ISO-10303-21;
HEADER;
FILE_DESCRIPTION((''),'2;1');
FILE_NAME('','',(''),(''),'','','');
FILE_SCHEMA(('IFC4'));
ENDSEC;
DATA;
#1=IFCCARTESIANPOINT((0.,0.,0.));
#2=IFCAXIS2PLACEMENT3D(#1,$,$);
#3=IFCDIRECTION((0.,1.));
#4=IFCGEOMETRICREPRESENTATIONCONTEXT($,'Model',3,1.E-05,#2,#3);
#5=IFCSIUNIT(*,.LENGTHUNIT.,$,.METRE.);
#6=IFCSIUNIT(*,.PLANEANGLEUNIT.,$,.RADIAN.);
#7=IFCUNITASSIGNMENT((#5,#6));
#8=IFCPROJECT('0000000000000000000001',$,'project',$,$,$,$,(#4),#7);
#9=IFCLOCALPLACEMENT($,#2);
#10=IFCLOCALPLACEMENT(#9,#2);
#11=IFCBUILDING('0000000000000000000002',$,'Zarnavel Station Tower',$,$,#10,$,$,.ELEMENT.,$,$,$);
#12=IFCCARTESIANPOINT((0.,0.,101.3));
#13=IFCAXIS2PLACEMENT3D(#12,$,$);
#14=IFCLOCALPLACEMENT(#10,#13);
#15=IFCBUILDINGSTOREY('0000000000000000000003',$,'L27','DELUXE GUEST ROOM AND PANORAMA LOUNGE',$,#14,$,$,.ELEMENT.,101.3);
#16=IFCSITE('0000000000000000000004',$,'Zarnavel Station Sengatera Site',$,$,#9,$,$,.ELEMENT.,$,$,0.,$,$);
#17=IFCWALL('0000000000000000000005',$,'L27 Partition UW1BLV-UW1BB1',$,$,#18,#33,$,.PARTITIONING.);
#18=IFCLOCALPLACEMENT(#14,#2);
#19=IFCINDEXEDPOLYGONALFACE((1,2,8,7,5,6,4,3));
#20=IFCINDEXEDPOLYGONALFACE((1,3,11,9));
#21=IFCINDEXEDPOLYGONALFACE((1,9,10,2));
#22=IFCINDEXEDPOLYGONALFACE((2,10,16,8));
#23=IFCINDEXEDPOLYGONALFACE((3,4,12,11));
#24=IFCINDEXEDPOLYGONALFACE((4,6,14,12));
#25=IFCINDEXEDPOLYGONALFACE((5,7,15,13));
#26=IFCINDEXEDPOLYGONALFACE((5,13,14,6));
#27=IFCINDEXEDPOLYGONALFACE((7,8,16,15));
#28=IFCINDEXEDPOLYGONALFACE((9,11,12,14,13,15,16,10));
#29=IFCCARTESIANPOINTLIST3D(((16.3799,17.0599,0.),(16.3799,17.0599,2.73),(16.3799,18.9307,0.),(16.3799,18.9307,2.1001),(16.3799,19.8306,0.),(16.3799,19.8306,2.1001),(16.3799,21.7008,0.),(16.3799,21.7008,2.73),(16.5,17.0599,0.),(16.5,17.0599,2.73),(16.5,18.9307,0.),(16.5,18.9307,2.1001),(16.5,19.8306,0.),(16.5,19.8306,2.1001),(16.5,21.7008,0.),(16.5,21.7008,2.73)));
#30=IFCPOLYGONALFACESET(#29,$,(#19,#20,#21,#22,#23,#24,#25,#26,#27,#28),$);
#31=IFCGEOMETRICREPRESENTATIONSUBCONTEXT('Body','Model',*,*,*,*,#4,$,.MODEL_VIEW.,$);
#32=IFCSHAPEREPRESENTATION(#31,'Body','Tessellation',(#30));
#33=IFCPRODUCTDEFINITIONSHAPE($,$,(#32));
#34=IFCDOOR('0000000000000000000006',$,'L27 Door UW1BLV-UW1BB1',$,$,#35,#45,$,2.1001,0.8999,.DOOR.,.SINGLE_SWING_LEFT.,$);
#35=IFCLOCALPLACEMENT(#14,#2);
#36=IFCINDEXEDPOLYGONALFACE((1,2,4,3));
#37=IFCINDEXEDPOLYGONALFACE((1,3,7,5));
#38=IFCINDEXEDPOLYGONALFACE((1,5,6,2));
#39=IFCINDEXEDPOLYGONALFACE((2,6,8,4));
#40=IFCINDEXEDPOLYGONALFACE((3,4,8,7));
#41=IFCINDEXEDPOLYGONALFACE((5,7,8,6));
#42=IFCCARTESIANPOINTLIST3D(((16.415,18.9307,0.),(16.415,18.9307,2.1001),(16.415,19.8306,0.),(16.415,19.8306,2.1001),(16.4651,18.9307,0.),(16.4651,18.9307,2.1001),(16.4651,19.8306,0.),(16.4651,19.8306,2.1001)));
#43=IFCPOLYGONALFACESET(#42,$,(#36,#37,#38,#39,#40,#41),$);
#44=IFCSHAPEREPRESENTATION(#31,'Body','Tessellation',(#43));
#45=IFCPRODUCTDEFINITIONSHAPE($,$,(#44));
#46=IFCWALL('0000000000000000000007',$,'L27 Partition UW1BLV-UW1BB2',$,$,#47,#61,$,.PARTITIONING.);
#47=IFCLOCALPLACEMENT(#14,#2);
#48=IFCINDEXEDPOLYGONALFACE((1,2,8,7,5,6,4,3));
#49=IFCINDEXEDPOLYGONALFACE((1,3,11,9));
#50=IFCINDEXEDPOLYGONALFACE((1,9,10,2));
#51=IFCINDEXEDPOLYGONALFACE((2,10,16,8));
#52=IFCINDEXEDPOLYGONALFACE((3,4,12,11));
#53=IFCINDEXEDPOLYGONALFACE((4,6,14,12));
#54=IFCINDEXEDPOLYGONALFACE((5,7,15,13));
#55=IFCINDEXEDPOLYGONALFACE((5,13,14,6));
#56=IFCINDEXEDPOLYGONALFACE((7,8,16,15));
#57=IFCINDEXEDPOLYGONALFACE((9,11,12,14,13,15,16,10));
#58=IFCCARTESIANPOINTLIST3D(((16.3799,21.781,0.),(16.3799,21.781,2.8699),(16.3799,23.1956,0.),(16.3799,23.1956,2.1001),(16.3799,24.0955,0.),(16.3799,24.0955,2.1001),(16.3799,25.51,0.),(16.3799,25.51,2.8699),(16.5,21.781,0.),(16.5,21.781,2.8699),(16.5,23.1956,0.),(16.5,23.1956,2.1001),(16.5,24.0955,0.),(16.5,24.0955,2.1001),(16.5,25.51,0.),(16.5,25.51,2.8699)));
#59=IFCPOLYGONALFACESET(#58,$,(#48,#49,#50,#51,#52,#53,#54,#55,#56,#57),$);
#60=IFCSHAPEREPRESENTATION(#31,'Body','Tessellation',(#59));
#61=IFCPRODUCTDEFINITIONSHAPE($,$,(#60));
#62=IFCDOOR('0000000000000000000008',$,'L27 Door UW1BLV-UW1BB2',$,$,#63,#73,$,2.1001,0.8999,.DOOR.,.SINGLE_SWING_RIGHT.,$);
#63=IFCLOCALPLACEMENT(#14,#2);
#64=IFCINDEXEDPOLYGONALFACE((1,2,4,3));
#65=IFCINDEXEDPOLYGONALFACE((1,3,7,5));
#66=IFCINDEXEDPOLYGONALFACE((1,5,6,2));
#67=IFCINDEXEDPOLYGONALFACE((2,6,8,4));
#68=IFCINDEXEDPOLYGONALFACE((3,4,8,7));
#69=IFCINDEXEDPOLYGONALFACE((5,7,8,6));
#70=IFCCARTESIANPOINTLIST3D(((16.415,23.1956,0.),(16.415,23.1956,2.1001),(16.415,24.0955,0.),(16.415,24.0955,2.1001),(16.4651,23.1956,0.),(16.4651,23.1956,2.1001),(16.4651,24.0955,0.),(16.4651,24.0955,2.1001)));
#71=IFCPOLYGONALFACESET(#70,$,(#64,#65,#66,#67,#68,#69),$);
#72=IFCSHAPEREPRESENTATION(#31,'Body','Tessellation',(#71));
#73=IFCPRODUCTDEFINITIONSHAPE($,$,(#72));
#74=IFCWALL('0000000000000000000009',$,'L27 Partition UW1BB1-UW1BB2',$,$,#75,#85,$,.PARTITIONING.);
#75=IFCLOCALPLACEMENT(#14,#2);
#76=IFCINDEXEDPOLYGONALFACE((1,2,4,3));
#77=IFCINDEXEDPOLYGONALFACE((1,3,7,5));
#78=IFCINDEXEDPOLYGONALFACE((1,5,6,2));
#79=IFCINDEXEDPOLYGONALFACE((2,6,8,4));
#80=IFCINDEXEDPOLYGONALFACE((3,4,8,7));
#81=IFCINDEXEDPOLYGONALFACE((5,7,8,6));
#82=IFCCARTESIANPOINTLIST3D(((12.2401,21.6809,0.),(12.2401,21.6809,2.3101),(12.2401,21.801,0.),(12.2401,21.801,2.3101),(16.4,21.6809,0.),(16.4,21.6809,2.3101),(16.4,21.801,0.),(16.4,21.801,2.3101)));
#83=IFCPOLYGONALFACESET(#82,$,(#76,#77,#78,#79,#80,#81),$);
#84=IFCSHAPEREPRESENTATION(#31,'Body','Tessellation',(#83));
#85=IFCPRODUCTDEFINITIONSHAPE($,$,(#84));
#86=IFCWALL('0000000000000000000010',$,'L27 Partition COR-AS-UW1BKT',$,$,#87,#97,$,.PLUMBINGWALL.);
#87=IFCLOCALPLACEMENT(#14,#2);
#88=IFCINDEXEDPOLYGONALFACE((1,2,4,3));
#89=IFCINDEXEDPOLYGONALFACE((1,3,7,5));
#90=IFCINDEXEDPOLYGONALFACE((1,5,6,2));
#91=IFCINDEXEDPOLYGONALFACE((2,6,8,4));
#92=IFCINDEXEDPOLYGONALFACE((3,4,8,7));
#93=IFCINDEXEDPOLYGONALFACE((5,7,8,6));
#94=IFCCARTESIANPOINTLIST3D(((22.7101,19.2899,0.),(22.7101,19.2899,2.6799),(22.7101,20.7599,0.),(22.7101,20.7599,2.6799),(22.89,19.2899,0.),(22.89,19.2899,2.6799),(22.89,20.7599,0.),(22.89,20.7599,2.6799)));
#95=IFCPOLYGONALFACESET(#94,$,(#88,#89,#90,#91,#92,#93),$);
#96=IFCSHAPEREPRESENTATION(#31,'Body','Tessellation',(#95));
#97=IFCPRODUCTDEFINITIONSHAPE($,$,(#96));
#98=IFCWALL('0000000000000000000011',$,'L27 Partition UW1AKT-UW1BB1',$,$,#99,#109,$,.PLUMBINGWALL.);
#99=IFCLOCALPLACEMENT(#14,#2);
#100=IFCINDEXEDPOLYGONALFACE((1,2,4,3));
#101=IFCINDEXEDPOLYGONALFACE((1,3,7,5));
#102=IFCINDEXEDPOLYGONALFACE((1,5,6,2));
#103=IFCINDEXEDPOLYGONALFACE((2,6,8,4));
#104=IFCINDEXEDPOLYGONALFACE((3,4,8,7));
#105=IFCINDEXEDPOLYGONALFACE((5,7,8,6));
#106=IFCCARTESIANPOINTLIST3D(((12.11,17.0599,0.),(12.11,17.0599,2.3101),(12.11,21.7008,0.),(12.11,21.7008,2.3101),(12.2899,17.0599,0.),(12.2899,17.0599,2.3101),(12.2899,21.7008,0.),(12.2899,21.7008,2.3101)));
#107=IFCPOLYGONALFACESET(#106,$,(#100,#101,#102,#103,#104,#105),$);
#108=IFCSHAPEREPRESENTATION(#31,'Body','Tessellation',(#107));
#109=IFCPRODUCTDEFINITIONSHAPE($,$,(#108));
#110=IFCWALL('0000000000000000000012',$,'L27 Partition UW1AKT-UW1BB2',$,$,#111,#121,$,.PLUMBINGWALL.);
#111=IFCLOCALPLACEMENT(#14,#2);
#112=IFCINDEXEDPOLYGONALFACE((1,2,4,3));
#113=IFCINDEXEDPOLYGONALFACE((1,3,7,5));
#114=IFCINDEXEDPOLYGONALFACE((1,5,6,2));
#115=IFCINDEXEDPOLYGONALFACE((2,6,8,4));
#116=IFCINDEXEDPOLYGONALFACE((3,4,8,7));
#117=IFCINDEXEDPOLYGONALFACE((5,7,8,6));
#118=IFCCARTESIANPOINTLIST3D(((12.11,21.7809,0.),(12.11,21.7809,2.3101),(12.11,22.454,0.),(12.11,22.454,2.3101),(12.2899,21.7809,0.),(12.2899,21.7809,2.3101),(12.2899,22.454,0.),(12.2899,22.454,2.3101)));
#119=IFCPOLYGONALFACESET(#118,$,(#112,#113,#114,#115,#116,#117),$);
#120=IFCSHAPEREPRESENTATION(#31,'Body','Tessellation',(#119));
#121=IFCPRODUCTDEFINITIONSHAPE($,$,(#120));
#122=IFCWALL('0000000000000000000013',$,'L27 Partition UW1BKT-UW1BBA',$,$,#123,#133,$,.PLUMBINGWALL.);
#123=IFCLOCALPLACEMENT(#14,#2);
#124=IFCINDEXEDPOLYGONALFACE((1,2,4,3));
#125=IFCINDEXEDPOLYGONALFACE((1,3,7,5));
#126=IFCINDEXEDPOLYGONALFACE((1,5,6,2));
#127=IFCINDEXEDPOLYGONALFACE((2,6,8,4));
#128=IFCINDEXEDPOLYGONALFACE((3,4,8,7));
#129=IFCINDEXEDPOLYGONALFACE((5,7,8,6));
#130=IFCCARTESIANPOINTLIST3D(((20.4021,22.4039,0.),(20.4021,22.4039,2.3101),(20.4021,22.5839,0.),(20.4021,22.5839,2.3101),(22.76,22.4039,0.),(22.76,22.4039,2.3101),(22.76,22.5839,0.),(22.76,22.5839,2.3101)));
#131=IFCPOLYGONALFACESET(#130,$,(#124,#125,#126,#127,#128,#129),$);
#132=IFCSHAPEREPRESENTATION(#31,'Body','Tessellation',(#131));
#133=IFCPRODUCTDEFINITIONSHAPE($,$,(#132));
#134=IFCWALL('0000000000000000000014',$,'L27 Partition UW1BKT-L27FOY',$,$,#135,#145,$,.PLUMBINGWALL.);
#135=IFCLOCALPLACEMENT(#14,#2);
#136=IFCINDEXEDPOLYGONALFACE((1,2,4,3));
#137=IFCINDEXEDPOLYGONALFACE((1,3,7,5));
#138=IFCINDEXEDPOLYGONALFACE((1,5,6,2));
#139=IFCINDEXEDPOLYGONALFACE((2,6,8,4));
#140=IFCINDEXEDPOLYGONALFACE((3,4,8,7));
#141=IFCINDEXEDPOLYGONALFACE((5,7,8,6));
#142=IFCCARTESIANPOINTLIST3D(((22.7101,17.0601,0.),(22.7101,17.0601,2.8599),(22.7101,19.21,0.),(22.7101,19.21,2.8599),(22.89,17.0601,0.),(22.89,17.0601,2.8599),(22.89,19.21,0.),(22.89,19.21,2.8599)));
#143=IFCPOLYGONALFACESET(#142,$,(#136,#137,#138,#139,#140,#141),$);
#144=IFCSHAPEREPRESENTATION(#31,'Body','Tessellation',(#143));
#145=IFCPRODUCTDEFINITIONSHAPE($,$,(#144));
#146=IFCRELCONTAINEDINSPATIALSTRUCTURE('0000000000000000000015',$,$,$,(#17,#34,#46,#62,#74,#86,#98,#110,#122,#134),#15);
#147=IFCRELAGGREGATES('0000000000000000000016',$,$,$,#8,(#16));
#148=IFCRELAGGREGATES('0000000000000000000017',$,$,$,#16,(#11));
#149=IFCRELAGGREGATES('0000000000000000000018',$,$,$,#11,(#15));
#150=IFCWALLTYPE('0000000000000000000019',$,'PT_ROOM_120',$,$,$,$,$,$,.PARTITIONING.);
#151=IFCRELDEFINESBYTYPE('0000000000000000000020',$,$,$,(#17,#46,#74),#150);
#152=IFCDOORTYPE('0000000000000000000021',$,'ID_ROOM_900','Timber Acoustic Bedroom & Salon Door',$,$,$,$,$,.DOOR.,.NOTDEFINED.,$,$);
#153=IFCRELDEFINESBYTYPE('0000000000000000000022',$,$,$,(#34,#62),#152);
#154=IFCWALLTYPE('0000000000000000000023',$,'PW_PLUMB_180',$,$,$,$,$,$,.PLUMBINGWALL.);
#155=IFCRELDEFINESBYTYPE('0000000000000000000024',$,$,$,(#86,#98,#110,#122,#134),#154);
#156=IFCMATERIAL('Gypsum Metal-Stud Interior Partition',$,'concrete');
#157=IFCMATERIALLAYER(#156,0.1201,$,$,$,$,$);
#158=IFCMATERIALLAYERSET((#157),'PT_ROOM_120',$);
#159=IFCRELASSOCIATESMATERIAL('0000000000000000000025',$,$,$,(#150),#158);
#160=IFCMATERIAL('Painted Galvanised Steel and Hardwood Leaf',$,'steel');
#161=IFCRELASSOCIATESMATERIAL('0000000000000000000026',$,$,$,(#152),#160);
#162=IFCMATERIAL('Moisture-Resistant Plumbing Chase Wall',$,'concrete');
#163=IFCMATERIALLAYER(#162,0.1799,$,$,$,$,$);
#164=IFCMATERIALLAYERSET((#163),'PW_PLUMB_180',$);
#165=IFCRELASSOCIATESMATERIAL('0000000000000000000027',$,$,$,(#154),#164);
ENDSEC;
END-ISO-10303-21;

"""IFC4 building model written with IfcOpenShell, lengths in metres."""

from ifc_helpers import new_model, si_unit, direction, frame, frame_2d, origin, place, context, subcontext, project, spatial, rectangle, extrude, material, layer, layer_set, type_object, element, fill, save


model = new_model("IFC4")

# Units and contexts
model_context = context("Model", 3, precision=1e-05, world=origin(), true_north=direction((0.0, 1.0)))
body_context = subcontext(model_context, "Body", "Model", "MODEL_VIEW")
ifc_project = project(units=[si_unit("LENGTHUNIT", "METRE"), si_unit("PLANEANGLEUNIT", "RADIAN")], contexts=[model_context])

# Site, building, storey
site_placement = place(None, origin())
site = spatial("IfcSite", under=ifc_project, at=site_placement, Name="Zarnavel Station Sengatera Site", CompositionType="ELEMENT", RefElevation=0.0)
building_placement = place(site_placement, origin())
building = spatial("IfcBuilding", under=site, at=building_placement, Name="Zarnavel Station Tower", CompositionType="ELEMENT")
storey_placement = place(building_placement, frame((0.0, 0.0, 101.3)))
storey = spatial("IfcBuildingStorey", under=building, at=storey_placement, Name="L27", Description="DELUXE GUEST ROOM AND PANORAMA LOUNGE", CompositionType="ELEMENT", Elevation=101.3)

# Walls, openings, doors
ifc_material_1 = material(Name="Gypsum Metal-Stud Interior Partition", Category="concrete")
ifc_layer_1 = layer(ifc_material_1, 0.1201)
ifc_layer_set_1 = layer_set([ifc_layer_1], Name="PT_ROOM_120")
wall_type_1 = type_object("IfcWallType", Name="PT_ROOM_120", PredefinedType="PARTITIONING", material=ifc_layer_set_1)
wall_1_placement = place(storey_placement, frame((16.4399, 17.0601, 0.0), z_axis=(0.0, 0.0, 1.0), x_axis=(0.0, 1.0, 0.0)))
wall_1 = element("IfcWall", 1, at=wall_1_placement, inside=storey, type_object=wall_type_1, Name="L27 Partition UW1BLV-UW1BB1", PredefinedType="PARTITIONING", context=body_context, shape_type="SweptSolid", body=[
    extrude(rectangle(XDim=4.6409, YDim=0.1201, at=frame_2d((2.3203, 0.0))), origin(), (0.0, 0.0, 1.0), 2.73),
])
opening_1_placement = place(wall_1_placement, frame((1.8706, 0.0, 0.0)))
opening_1 = element("IfcOpeningElement", 2, at=opening_1_placement, cuts=wall_1, PredefinedType="OPENING", context=body_context, shape_type="SweptSolid", body=[
    extrude(rectangle(XDim=0.8999, YDim=2.1001, at=frame_2d((0.45, 1.05))), frame((0.0, 0.0701, 0.0), z_axis=(0.0, -1.0, 0.0), x_axis=(1.0, 0.0, 0.0)), (0.0, 0.0, 1.0), 0.1401),
])
ifc_material_2 = material(Name="Painted Galvanised Steel and Hardwood Leaf", Category="steel")
door_type_1 = type_object("IfcDoorType", Name="ID_ROOM_900", Description="Timber Acoustic Bedroom & Salon Door", OperationType="NOTDEFINED", PredefinedType="DOOR", material=ifc_material_2)
door_1_placement = place(opening_1_placement, origin())
door_1 = element("IfcDoor", 3, at=door_1_placement, inside=storey, type_object=door_type_1, Name="L27 Door UW1BLV-UW1BB1", OperationType="SINGLE_SWING_LEFT", OverallHeight=2.1001, OverallWidth=0.8999, PredefinedType="DOOR", context=body_context, shape_type="SweptSolid", body=[
    extrude(rectangle(XDim=0.8999, YDim=2.1001, at=frame_2d((0.45, 1.05))), frame((0.0, 0.0249, 0.0), z_axis=(0.0, -1.0, 0.0), x_axis=(1.0, 0.0, 0.0)), (0.0, 0.0, 1.0), 0.05),
])
fill(opening_1, door_1)
wall_2_placement = place(storey_placement, frame((16.4399, 21.781, 0.0), z_axis=(0.0, 0.0, 1.0), x_axis=(0.0, 1.0, 0.0)))
wall_2 = element("IfcWall", 4, at=wall_2_placement, inside=storey, type_object=wall_type_1, Name="L27 Partition UW1BLV-UW1BB2", PredefinedType="PARTITIONING", context=body_context, shape_type="SweptSolid", body=[
    extrude(rectangle(XDim=3.729, YDim=0.1201, at=frame_2d((1.8645, 0.0))), origin(), (0.0, 0.0, 1.0), 2.8699),
])
opening_2_placement = place(wall_2_placement, frame((1.4146, 0.0, 0.0)))
opening_2 = element("IfcOpeningElement", 5, at=opening_2_placement, cuts=wall_2, PredefinedType="OPENING", context=body_context, shape_type="SweptSolid", body=[
    extrude(rectangle(XDim=0.8999, YDim=2.1001, at=frame_2d((0.45, 1.05))), frame((0.0, 0.0701, 0.0), z_axis=(0.0, -1.0, 0.0), x_axis=(1.0, 0.0, 0.0)), (0.0, 0.0, 1.0), 0.1401),
])
door_2_placement = place(opening_2_placement, origin())
door_2 = element("IfcDoor", 6, at=door_2_placement, inside=storey, type_object=door_type_1, Name="L27 Door UW1BLV-UW1BB2", OperationType="SINGLE_SWING_RIGHT", OverallHeight=2.1001, OverallWidth=0.8999, PredefinedType="DOOR", context=body_context, shape_type="SweptSolid", body=[
    extrude(rectangle(XDim=0.8999, YDim=2.1001, at=frame_2d((0.45, 1.05))), frame((0.0, 0.0249, 0.0), z_axis=(0.0, -1.0, 0.0), x_axis=(1.0, 0.0, 0.0)), (0.0, 0.0, 1.0), 0.05),
])
fill(opening_2, door_2)

# Walls
wall_3_placement = place(storey_placement, frame((12.24, 21.741, 0.0), z_axis=(0.0, 0.0, 1.0), x_axis=(1.0, 0.0, 0.0)))
element("IfcWall", 7, at=wall_3_placement, inside=storey, type_object=wall_type_1, Name="L27 Partition UW1BB1-UW1BB2", PredefinedType="PARTITIONING", context=body_context, shape_type="SweptSolid", body=[
    extrude(rectangle(XDim=4.1599, YDim=0.1201, at=frame_2d((2.0801, 0.0))), origin(), (0.0, 0.0, 1.0), 2.3101),
])
ifc_material_3 = material(Name="Moisture-Resistant Plumbing Chase Wall", Category="concrete")
ifc_layer_2 = layer(ifc_material_3, 0.1799)
ifc_layer_set_2 = layer_set([ifc_layer_2], Name="PW_PLUMB_180")
wall_type_2 = type_object("IfcWallType", Name="PW_PLUMB_180", PredefinedType="PLUMBINGWALL", material=ifc_layer_set_2)
wall_4_placement = place(storey_placement, frame((22.8, 19.29, 0.0), z_axis=(0.0, 0.0, 1.0), x_axis=(0.0, 1.0, 0.0)))
element("IfcWall", 8, at=wall_4_placement, inside=storey, type_object=wall_type_2, Name="L27 Partition COR-AS-UW1BKT", PredefinedType="PLUMBINGWALL", context=body_context, shape_type="SweptSolid", body=[
    extrude(rectangle(XDim=1.47, YDim=0.1799, at=frame_2d((0.7349, 0.0))), origin(), (0.0, 0.0, 1.0), 2.6799),
])
wall_5_placement = place(storey_placement, frame((12.2, 17.0601, 0.0), z_axis=(0.0, 0.0, 1.0), x_axis=(0.0, 1.0, 0.0)))
element("IfcWall", 9, at=wall_5_placement, inside=storey, type_object=wall_type_2, Name="L27 Partition UW1AKT-UW1BB1", PredefinedType="PLUMBINGWALL", context=body_context, shape_type="SweptSolid", body=[
    extrude(rectangle(XDim=4.6409, YDim=0.1799, at=frame_2d((2.3203, 0.0))), origin(), (0.0, 0.0, 1.0), 2.3101),
])
wall_6_placement = place(storey_placement, frame((12.2, 21.781, 0.0), z_axis=(0.0, 0.0, 1.0), x_axis=(0.0, 1.0, 0.0)))
element("IfcWall", 10, at=wall_6_placement, inside=storey, type_object=wall_type_2, Name="L27 Partition UW1AKT-UW1BB2", PredefinedType="PLUMBINGWALL", context=body_context, shape_type="SweptSolid", body=[
    extrude(rectangle(XDim=0.6731, YDim=0.1799, at=frame_2d((0.3364, 0.0))), origin(), (0.0, 0.0, 1.0), 2.3101),
])

# Walls
wall_7_placement = place(storey_placement, frame((20.4021, 22.4939, 0.0), z_axis=(0.0, 0.0, 1.0), x_axis=(1.0, 0.0, 0.0)))
element("IfcWall", 11, at=wall_7_placement, inside=storey, type_object=wall_type_2, Name="L27 Partition UW1BKT-UW1BBA", PredefinedType="PLUMBINGWALL", context=body_context, shape_type="SweptSolid", body=[
    extrude(rectangle(XDim=2.3579, YDim=0.1799, at=frame_2d((1.179, 0.0))), origin(), (0.0, 0.0, 1.0), 2.3101),
])
wall_8_placement = place(storey_placement, frame((22.8, 17.0601, 0.0), z_axis=(0.0, 0.0, 1.0), x_axis=(0.0, 1.0, 0.0)))
element("IfcWall", 12, at=wall_8_placement, inside=storey, type_object=wall_type_2, Name="L27 Partition UW1BKT-L27FOY", PredefinedType="PLUMBINGWALL", context=body_context, shape_type="SweptSolid", body=[
    extrude(rectangle(XDim=2.1499, YDim=0.1799, at=frame_2d((1.075, 0.0))), origin(), (0.0, 0.0, 1.0), 2.8599),
])

save(model, "model.ifc")
